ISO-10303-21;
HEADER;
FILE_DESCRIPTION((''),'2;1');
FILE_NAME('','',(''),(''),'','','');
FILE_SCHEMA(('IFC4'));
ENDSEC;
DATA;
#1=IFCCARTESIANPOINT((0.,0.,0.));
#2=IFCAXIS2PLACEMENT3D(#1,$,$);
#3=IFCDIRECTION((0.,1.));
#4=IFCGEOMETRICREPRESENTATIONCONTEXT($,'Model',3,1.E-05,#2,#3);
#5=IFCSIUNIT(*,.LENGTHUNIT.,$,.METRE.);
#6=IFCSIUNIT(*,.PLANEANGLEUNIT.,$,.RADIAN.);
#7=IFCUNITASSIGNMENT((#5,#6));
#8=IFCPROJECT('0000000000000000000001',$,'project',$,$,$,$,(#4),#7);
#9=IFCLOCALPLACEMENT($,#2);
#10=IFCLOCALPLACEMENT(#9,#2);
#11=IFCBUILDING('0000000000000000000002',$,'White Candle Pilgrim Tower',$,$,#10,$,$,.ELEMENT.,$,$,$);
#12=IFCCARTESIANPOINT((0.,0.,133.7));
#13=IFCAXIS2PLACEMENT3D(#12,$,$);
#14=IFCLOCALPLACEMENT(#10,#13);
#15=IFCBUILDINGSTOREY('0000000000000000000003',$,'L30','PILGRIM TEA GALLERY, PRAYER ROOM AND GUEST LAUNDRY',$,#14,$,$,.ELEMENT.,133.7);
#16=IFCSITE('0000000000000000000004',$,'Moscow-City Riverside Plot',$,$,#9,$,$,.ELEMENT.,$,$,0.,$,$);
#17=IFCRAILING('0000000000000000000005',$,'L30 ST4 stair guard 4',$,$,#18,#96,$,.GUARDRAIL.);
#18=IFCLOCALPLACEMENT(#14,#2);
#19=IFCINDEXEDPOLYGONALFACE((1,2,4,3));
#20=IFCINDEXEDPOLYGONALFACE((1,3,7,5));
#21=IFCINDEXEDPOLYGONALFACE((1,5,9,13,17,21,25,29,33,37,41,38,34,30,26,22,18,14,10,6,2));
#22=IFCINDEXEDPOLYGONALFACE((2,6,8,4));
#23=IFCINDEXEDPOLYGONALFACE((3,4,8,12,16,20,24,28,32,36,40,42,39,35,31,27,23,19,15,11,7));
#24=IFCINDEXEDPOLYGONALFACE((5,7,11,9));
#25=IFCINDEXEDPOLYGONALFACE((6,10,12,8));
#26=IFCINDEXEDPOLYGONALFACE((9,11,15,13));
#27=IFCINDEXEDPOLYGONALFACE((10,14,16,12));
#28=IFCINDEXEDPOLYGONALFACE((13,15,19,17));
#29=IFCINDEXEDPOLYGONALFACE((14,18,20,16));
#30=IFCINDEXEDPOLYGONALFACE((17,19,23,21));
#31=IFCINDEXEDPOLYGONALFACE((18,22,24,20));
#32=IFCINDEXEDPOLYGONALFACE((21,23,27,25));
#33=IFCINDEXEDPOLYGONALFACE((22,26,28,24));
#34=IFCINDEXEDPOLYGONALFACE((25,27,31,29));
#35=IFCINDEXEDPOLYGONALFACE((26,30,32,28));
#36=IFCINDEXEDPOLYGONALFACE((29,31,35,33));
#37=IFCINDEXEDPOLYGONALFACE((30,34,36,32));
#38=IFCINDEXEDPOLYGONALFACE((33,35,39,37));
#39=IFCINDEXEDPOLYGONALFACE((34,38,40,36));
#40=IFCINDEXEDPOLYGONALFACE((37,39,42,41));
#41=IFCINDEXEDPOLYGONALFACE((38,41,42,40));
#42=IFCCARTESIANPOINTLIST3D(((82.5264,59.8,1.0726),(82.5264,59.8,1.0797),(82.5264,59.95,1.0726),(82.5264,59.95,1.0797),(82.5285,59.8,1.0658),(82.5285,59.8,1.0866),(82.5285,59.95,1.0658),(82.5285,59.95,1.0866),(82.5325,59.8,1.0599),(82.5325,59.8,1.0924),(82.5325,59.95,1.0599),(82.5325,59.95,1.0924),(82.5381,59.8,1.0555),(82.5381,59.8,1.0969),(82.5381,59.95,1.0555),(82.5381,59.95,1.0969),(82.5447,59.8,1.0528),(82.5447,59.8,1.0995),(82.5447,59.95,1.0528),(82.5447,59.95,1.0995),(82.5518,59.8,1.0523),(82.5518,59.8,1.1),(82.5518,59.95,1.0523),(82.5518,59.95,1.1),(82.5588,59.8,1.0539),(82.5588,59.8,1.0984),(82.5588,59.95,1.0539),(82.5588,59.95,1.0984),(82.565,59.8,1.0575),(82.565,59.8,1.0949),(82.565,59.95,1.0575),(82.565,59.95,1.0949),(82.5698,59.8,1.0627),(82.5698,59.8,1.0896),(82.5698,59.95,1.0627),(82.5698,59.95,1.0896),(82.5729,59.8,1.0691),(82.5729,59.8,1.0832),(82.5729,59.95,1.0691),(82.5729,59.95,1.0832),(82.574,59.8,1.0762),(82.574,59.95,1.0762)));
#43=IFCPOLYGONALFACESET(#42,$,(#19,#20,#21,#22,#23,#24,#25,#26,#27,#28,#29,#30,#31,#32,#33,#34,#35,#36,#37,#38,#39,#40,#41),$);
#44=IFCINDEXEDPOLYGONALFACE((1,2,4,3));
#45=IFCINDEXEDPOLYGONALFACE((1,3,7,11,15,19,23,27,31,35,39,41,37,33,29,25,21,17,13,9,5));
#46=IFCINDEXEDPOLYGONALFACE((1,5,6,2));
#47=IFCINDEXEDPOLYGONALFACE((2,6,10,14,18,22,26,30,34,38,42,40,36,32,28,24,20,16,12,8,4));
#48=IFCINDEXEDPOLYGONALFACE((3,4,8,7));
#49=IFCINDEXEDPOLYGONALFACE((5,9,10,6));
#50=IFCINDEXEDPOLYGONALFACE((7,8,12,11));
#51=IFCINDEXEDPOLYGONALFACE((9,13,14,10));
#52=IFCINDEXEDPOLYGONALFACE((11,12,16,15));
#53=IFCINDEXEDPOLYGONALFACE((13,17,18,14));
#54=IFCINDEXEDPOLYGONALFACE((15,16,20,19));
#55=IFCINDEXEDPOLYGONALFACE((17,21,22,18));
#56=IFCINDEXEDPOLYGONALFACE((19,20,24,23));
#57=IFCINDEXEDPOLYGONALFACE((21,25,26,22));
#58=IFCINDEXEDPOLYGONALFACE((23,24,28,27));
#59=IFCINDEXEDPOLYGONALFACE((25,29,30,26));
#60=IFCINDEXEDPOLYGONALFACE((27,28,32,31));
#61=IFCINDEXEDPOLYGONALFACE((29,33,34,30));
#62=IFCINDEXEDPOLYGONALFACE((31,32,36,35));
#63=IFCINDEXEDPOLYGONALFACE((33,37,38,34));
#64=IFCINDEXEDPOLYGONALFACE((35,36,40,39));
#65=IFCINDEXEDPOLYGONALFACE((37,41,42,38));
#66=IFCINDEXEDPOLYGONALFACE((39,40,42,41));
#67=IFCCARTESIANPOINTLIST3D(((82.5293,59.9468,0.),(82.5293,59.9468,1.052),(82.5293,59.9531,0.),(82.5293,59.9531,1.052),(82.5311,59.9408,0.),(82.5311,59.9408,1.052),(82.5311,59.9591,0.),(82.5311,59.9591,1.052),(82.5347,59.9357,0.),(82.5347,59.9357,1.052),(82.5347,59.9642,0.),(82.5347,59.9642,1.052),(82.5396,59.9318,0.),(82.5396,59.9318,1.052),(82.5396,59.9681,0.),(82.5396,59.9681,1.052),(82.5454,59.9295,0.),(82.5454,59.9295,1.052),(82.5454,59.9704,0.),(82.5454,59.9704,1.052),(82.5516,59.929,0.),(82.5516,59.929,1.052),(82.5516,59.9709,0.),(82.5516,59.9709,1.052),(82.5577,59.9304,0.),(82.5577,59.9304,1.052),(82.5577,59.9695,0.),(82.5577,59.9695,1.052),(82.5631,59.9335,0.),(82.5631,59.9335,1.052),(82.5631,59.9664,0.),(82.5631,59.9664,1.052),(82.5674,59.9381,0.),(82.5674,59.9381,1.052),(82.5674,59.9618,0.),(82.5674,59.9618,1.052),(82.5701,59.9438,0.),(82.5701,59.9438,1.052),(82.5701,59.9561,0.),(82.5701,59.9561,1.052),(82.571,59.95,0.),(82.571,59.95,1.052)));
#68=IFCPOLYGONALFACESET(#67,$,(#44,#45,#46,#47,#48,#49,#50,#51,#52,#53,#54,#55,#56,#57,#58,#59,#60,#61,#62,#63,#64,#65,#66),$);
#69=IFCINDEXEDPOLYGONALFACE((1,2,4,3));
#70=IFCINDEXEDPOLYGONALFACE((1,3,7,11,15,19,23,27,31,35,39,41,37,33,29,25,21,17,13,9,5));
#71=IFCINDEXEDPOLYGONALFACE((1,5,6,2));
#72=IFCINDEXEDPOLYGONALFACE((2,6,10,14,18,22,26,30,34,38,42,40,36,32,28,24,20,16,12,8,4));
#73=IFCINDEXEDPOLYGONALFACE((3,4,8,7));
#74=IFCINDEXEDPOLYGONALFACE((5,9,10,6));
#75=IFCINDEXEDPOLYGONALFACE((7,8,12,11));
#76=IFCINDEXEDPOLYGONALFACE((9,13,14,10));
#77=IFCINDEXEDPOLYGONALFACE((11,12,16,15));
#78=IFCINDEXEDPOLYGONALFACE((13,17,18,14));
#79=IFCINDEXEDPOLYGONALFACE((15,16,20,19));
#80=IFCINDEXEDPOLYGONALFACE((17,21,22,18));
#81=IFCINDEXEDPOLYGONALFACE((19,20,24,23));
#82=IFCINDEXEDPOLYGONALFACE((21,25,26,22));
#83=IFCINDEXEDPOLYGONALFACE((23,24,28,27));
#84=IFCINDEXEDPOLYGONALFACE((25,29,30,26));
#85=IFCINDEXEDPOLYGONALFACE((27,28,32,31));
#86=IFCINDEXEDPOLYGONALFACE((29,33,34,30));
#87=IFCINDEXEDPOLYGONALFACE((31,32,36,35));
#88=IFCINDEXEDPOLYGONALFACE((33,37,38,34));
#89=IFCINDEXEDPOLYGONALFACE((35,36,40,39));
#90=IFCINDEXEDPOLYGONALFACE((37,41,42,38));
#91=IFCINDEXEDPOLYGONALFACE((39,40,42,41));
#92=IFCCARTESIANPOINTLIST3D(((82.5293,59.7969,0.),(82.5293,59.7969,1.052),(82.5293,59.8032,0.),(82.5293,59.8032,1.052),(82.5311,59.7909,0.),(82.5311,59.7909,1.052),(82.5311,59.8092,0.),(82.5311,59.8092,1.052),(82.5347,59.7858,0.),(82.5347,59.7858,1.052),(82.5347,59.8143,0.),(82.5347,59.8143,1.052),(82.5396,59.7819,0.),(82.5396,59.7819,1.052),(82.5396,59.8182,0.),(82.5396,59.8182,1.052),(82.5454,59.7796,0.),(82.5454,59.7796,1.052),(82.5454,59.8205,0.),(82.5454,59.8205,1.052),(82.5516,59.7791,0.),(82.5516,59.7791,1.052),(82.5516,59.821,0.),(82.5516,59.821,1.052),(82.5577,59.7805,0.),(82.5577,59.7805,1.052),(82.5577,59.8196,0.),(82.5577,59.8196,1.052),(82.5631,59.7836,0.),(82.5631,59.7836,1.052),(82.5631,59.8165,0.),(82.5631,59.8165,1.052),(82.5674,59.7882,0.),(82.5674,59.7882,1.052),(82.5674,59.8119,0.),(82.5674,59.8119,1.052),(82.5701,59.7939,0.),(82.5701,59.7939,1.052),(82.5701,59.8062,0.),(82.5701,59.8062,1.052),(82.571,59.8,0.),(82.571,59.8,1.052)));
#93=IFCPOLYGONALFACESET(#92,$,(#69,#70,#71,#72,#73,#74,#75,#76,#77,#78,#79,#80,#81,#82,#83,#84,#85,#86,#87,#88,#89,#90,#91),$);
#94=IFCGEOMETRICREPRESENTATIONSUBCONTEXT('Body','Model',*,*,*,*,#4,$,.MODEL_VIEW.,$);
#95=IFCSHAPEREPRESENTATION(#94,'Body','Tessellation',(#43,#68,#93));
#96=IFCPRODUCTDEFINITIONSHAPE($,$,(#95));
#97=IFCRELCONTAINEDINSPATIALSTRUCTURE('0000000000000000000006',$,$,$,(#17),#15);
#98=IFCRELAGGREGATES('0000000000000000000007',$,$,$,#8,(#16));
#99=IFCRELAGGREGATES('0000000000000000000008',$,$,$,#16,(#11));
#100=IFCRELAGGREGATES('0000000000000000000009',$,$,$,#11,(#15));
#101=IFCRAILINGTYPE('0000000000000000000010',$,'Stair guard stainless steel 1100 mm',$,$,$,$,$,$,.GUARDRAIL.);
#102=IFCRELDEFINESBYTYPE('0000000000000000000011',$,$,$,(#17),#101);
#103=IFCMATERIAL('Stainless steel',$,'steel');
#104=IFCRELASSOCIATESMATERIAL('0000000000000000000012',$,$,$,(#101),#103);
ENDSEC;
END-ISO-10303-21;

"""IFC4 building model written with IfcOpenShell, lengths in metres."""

from ifc_helpers import new_model, si_unit, direction, frame, origin, origin_2d, place, context, subcontext, project, spatial, circle, extrude, material, type_object, element, save


model = new_model("IFC4")

# Units and contexts
model_context = context("Model", 3, precision=1e-05, world=origin(), true_north=direction((0.0, 1.0)))
body_context = subcontext(model_context, "Body", "Model", "MODEL_VIEW")
ifc_project = project(units=[si_unit("LENGTHUNIT", "METRE"), si_unit("PLANEANGLEUNIT", "RADIAN")], contexts=[model_context])

# Site, building, storey
site_placement = place(None, origin())
site = spatial("IfcSite", under=ifc_project, at=site_placement, Name="Moscow-City Riverside Plot", CompositionType="ELEMENT", RefElevation=0.0)
building_placement = place(site_placement, origin())
building = spatial("IfcBuilding", under=site, at=building_placement, Name="White Candle Pilgrim Tower", CompositionType="ELEMENT")
storey_placement = place(building_placement, frame((0.0, 0.0, 133.7)))
storey = spatial("IfcBuildingStorey", under=building, at=storey_placement, Name="L30", Description="PILGRIM TEA GALLERY, PRAYER ROOM AND GUEST LAUNDRY", CompositionType="ELEMENT", Elevation=133.7)

# Railing
ifc_material_1 = material(Name="Stainless steel", Category="steel")
railing_type_1 = type_object("IfcRailingType", Name="Stair guard stainless steel 1100 mm", PredefinedType="GUARDRAIL", material=ifc_material_1)
railing_1_placement = place(storey_placement, frame((82.55, 59.95, 0.0)))
element("IfcRailing", 1, at=railing_1_placement, inside=storey, type_object=railing_type_1, Name="L30 ST4 stair guard 4", PredefinedType="GUARDRAIL", context=body_context, shape_type="SweptSolid", body=[
    extrude(circle(Radius=0.0239, at=origin_2d()), frame((0.0, 0.0, 1.0762), z_axis=(0.0, -1.0, 0.0), x_axis=(1.0, 0.0, 0.0)), (0.0, 0.0, 1.0), 0.1499),
    extrude(circle(Radius=0.021, at=origin_2d()), origin(), (0.0, 0.0, 1.0), 1.052),
    extrude(circle(Radius=0.021, at=origin_2d()), frame((0.0, -0.1499, 0.0)), (0.0, 0.0, 1.0), 1.052),
])

save(model, "model.ifc")
